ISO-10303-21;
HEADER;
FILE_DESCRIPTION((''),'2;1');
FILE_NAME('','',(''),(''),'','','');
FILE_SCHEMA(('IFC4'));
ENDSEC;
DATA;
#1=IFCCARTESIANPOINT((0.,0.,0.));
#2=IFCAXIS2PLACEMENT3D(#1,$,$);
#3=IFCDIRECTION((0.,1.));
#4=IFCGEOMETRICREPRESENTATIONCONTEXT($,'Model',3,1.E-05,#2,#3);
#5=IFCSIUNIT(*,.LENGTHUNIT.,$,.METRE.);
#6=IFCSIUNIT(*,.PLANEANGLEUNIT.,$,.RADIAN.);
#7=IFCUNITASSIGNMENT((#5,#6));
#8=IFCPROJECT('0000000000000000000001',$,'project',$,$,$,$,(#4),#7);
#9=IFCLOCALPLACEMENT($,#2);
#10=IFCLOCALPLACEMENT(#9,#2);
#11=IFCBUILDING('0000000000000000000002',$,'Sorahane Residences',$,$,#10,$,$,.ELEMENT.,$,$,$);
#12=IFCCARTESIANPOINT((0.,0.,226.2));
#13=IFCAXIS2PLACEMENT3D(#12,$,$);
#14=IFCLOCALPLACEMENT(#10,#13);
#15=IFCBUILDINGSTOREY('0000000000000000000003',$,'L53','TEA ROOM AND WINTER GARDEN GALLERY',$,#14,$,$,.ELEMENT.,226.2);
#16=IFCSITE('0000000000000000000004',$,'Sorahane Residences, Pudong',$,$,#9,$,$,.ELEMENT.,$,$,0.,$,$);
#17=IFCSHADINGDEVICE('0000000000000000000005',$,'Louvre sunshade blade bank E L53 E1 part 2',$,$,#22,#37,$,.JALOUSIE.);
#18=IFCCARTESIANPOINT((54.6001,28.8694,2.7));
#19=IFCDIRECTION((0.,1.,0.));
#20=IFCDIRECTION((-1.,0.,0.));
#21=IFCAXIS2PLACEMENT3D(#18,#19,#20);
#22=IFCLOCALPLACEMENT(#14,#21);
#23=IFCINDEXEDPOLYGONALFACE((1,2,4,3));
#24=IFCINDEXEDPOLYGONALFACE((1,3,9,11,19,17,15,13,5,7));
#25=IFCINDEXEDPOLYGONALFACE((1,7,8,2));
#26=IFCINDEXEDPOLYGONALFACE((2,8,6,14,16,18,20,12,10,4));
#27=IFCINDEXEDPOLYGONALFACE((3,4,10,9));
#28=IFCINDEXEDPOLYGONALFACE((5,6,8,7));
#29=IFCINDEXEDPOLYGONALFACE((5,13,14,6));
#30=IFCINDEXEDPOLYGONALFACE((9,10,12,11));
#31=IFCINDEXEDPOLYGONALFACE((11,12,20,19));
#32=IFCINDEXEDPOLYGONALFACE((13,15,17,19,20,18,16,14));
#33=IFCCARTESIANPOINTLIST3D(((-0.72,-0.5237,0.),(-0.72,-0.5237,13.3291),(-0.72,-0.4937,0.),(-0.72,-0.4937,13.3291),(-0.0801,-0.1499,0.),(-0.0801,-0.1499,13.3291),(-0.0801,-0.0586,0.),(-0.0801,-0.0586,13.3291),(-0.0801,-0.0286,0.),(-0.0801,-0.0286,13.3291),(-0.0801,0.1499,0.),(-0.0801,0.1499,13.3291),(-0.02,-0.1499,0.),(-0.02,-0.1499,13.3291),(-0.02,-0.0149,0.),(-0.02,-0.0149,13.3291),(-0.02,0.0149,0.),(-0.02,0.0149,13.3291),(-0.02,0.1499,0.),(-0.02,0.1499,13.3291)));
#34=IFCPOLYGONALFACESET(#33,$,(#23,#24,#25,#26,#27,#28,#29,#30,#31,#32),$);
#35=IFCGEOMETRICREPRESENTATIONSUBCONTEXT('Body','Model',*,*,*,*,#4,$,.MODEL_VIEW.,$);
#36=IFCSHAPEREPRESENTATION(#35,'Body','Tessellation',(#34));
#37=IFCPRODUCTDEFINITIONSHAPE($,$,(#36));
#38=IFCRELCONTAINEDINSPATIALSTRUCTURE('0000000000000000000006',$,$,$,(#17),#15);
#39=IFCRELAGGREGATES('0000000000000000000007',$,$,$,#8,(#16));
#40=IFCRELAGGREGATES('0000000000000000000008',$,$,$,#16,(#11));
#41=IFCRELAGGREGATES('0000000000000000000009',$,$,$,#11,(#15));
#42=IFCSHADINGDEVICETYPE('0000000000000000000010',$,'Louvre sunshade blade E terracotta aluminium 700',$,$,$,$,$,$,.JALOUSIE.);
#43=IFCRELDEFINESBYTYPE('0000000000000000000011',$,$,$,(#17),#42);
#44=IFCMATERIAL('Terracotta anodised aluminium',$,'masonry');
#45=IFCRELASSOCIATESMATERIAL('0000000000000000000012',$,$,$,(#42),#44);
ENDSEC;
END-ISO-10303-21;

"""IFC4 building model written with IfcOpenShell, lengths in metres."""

from ifc_helpers import new_model, si_unit, direction, frame, origin, place, context, subcontext, project, spatial, polyline, outline, extrude, material, type_object, element, save


model = new_model("IFC4")

# Units and contexts
model_context = context("Model", 3, precision=1e-05, world=origin(), true_north=direction((0.0, 1.0)))
body_context = subcontext(model_context, "Body", "Model", "MODEL_VIEW")
ifc_project = project(units=[si_unit("LENGTHUNIT", "METRE"), si_unit("PLANEANGLEUNIT", "RADIAN")], contexts=[model_context])

# Site, building, storey
site_placement = place(None, origin())
site = spatial("IfcSite", under=ifc_project, at=site_placement, Name="Sorahane Residences, Pudong", CompositionType="ELEMENT", RefElevation=0.0)
building_placement = place(site_placement, origin())
building = spatial("IfcBuilding", under=site, at=building_placement, Name="Sorahane Residences", CompositionType="ELEMENT")
storey_placement = place(building_placement, frame((0.0, 0.0, 226.2)))
storey = spatial("IfcBuildingStorey", under=building, at=storey_placement, Name="L53", Description="TEA ROOM AND WINTER GARDEN GALLERY", CompositionType="ELEMENT", Elevation=226.2)

# Shading device
ifc_material_1 = material(Name="Terracotta anodised aluminium", Category="masonry")
shading_device_type = type_object("IfcShadingDeviceType", Name="Louvre sunshade blade E terracotta aluminium 700", PredefinedType="JALOUSIE", material=ifc_material_1)
shading_device_placement = place(storey_placement, frame((54.6001, 28.8694, 2.7), z_axis=(0.0, 1.0, 0.0), x_axis=(-1.0, 0.0, 0.0)))
element("IfcShadingDevice", 1, at=shading_device_placement, inside=storey, type_object=shading_device_type, Name="Louvre sunshade blade bank E L53 E1 part 2", PredefinedType="JALOUSIE", context=body_context, shape_type="SweptSolid", body=[
    extrude(outline(polyline([(-0.72, -0.4937), (-0.72, -0.5237), (-0.0801, -0.0586), (-0.0801, -0.1499), (-0.02, -0.1499), (-0.02, -0.0149), (-0.02, 0.0149), (-0.02, 0.1499), (-0.0801, 0.1499), (-0.0801, -0.0286), (-0.72, -0.4937)])), origin(), (0.0, 0.0, 1.0), 13.3291),
])

save(model, "model.ifc")
